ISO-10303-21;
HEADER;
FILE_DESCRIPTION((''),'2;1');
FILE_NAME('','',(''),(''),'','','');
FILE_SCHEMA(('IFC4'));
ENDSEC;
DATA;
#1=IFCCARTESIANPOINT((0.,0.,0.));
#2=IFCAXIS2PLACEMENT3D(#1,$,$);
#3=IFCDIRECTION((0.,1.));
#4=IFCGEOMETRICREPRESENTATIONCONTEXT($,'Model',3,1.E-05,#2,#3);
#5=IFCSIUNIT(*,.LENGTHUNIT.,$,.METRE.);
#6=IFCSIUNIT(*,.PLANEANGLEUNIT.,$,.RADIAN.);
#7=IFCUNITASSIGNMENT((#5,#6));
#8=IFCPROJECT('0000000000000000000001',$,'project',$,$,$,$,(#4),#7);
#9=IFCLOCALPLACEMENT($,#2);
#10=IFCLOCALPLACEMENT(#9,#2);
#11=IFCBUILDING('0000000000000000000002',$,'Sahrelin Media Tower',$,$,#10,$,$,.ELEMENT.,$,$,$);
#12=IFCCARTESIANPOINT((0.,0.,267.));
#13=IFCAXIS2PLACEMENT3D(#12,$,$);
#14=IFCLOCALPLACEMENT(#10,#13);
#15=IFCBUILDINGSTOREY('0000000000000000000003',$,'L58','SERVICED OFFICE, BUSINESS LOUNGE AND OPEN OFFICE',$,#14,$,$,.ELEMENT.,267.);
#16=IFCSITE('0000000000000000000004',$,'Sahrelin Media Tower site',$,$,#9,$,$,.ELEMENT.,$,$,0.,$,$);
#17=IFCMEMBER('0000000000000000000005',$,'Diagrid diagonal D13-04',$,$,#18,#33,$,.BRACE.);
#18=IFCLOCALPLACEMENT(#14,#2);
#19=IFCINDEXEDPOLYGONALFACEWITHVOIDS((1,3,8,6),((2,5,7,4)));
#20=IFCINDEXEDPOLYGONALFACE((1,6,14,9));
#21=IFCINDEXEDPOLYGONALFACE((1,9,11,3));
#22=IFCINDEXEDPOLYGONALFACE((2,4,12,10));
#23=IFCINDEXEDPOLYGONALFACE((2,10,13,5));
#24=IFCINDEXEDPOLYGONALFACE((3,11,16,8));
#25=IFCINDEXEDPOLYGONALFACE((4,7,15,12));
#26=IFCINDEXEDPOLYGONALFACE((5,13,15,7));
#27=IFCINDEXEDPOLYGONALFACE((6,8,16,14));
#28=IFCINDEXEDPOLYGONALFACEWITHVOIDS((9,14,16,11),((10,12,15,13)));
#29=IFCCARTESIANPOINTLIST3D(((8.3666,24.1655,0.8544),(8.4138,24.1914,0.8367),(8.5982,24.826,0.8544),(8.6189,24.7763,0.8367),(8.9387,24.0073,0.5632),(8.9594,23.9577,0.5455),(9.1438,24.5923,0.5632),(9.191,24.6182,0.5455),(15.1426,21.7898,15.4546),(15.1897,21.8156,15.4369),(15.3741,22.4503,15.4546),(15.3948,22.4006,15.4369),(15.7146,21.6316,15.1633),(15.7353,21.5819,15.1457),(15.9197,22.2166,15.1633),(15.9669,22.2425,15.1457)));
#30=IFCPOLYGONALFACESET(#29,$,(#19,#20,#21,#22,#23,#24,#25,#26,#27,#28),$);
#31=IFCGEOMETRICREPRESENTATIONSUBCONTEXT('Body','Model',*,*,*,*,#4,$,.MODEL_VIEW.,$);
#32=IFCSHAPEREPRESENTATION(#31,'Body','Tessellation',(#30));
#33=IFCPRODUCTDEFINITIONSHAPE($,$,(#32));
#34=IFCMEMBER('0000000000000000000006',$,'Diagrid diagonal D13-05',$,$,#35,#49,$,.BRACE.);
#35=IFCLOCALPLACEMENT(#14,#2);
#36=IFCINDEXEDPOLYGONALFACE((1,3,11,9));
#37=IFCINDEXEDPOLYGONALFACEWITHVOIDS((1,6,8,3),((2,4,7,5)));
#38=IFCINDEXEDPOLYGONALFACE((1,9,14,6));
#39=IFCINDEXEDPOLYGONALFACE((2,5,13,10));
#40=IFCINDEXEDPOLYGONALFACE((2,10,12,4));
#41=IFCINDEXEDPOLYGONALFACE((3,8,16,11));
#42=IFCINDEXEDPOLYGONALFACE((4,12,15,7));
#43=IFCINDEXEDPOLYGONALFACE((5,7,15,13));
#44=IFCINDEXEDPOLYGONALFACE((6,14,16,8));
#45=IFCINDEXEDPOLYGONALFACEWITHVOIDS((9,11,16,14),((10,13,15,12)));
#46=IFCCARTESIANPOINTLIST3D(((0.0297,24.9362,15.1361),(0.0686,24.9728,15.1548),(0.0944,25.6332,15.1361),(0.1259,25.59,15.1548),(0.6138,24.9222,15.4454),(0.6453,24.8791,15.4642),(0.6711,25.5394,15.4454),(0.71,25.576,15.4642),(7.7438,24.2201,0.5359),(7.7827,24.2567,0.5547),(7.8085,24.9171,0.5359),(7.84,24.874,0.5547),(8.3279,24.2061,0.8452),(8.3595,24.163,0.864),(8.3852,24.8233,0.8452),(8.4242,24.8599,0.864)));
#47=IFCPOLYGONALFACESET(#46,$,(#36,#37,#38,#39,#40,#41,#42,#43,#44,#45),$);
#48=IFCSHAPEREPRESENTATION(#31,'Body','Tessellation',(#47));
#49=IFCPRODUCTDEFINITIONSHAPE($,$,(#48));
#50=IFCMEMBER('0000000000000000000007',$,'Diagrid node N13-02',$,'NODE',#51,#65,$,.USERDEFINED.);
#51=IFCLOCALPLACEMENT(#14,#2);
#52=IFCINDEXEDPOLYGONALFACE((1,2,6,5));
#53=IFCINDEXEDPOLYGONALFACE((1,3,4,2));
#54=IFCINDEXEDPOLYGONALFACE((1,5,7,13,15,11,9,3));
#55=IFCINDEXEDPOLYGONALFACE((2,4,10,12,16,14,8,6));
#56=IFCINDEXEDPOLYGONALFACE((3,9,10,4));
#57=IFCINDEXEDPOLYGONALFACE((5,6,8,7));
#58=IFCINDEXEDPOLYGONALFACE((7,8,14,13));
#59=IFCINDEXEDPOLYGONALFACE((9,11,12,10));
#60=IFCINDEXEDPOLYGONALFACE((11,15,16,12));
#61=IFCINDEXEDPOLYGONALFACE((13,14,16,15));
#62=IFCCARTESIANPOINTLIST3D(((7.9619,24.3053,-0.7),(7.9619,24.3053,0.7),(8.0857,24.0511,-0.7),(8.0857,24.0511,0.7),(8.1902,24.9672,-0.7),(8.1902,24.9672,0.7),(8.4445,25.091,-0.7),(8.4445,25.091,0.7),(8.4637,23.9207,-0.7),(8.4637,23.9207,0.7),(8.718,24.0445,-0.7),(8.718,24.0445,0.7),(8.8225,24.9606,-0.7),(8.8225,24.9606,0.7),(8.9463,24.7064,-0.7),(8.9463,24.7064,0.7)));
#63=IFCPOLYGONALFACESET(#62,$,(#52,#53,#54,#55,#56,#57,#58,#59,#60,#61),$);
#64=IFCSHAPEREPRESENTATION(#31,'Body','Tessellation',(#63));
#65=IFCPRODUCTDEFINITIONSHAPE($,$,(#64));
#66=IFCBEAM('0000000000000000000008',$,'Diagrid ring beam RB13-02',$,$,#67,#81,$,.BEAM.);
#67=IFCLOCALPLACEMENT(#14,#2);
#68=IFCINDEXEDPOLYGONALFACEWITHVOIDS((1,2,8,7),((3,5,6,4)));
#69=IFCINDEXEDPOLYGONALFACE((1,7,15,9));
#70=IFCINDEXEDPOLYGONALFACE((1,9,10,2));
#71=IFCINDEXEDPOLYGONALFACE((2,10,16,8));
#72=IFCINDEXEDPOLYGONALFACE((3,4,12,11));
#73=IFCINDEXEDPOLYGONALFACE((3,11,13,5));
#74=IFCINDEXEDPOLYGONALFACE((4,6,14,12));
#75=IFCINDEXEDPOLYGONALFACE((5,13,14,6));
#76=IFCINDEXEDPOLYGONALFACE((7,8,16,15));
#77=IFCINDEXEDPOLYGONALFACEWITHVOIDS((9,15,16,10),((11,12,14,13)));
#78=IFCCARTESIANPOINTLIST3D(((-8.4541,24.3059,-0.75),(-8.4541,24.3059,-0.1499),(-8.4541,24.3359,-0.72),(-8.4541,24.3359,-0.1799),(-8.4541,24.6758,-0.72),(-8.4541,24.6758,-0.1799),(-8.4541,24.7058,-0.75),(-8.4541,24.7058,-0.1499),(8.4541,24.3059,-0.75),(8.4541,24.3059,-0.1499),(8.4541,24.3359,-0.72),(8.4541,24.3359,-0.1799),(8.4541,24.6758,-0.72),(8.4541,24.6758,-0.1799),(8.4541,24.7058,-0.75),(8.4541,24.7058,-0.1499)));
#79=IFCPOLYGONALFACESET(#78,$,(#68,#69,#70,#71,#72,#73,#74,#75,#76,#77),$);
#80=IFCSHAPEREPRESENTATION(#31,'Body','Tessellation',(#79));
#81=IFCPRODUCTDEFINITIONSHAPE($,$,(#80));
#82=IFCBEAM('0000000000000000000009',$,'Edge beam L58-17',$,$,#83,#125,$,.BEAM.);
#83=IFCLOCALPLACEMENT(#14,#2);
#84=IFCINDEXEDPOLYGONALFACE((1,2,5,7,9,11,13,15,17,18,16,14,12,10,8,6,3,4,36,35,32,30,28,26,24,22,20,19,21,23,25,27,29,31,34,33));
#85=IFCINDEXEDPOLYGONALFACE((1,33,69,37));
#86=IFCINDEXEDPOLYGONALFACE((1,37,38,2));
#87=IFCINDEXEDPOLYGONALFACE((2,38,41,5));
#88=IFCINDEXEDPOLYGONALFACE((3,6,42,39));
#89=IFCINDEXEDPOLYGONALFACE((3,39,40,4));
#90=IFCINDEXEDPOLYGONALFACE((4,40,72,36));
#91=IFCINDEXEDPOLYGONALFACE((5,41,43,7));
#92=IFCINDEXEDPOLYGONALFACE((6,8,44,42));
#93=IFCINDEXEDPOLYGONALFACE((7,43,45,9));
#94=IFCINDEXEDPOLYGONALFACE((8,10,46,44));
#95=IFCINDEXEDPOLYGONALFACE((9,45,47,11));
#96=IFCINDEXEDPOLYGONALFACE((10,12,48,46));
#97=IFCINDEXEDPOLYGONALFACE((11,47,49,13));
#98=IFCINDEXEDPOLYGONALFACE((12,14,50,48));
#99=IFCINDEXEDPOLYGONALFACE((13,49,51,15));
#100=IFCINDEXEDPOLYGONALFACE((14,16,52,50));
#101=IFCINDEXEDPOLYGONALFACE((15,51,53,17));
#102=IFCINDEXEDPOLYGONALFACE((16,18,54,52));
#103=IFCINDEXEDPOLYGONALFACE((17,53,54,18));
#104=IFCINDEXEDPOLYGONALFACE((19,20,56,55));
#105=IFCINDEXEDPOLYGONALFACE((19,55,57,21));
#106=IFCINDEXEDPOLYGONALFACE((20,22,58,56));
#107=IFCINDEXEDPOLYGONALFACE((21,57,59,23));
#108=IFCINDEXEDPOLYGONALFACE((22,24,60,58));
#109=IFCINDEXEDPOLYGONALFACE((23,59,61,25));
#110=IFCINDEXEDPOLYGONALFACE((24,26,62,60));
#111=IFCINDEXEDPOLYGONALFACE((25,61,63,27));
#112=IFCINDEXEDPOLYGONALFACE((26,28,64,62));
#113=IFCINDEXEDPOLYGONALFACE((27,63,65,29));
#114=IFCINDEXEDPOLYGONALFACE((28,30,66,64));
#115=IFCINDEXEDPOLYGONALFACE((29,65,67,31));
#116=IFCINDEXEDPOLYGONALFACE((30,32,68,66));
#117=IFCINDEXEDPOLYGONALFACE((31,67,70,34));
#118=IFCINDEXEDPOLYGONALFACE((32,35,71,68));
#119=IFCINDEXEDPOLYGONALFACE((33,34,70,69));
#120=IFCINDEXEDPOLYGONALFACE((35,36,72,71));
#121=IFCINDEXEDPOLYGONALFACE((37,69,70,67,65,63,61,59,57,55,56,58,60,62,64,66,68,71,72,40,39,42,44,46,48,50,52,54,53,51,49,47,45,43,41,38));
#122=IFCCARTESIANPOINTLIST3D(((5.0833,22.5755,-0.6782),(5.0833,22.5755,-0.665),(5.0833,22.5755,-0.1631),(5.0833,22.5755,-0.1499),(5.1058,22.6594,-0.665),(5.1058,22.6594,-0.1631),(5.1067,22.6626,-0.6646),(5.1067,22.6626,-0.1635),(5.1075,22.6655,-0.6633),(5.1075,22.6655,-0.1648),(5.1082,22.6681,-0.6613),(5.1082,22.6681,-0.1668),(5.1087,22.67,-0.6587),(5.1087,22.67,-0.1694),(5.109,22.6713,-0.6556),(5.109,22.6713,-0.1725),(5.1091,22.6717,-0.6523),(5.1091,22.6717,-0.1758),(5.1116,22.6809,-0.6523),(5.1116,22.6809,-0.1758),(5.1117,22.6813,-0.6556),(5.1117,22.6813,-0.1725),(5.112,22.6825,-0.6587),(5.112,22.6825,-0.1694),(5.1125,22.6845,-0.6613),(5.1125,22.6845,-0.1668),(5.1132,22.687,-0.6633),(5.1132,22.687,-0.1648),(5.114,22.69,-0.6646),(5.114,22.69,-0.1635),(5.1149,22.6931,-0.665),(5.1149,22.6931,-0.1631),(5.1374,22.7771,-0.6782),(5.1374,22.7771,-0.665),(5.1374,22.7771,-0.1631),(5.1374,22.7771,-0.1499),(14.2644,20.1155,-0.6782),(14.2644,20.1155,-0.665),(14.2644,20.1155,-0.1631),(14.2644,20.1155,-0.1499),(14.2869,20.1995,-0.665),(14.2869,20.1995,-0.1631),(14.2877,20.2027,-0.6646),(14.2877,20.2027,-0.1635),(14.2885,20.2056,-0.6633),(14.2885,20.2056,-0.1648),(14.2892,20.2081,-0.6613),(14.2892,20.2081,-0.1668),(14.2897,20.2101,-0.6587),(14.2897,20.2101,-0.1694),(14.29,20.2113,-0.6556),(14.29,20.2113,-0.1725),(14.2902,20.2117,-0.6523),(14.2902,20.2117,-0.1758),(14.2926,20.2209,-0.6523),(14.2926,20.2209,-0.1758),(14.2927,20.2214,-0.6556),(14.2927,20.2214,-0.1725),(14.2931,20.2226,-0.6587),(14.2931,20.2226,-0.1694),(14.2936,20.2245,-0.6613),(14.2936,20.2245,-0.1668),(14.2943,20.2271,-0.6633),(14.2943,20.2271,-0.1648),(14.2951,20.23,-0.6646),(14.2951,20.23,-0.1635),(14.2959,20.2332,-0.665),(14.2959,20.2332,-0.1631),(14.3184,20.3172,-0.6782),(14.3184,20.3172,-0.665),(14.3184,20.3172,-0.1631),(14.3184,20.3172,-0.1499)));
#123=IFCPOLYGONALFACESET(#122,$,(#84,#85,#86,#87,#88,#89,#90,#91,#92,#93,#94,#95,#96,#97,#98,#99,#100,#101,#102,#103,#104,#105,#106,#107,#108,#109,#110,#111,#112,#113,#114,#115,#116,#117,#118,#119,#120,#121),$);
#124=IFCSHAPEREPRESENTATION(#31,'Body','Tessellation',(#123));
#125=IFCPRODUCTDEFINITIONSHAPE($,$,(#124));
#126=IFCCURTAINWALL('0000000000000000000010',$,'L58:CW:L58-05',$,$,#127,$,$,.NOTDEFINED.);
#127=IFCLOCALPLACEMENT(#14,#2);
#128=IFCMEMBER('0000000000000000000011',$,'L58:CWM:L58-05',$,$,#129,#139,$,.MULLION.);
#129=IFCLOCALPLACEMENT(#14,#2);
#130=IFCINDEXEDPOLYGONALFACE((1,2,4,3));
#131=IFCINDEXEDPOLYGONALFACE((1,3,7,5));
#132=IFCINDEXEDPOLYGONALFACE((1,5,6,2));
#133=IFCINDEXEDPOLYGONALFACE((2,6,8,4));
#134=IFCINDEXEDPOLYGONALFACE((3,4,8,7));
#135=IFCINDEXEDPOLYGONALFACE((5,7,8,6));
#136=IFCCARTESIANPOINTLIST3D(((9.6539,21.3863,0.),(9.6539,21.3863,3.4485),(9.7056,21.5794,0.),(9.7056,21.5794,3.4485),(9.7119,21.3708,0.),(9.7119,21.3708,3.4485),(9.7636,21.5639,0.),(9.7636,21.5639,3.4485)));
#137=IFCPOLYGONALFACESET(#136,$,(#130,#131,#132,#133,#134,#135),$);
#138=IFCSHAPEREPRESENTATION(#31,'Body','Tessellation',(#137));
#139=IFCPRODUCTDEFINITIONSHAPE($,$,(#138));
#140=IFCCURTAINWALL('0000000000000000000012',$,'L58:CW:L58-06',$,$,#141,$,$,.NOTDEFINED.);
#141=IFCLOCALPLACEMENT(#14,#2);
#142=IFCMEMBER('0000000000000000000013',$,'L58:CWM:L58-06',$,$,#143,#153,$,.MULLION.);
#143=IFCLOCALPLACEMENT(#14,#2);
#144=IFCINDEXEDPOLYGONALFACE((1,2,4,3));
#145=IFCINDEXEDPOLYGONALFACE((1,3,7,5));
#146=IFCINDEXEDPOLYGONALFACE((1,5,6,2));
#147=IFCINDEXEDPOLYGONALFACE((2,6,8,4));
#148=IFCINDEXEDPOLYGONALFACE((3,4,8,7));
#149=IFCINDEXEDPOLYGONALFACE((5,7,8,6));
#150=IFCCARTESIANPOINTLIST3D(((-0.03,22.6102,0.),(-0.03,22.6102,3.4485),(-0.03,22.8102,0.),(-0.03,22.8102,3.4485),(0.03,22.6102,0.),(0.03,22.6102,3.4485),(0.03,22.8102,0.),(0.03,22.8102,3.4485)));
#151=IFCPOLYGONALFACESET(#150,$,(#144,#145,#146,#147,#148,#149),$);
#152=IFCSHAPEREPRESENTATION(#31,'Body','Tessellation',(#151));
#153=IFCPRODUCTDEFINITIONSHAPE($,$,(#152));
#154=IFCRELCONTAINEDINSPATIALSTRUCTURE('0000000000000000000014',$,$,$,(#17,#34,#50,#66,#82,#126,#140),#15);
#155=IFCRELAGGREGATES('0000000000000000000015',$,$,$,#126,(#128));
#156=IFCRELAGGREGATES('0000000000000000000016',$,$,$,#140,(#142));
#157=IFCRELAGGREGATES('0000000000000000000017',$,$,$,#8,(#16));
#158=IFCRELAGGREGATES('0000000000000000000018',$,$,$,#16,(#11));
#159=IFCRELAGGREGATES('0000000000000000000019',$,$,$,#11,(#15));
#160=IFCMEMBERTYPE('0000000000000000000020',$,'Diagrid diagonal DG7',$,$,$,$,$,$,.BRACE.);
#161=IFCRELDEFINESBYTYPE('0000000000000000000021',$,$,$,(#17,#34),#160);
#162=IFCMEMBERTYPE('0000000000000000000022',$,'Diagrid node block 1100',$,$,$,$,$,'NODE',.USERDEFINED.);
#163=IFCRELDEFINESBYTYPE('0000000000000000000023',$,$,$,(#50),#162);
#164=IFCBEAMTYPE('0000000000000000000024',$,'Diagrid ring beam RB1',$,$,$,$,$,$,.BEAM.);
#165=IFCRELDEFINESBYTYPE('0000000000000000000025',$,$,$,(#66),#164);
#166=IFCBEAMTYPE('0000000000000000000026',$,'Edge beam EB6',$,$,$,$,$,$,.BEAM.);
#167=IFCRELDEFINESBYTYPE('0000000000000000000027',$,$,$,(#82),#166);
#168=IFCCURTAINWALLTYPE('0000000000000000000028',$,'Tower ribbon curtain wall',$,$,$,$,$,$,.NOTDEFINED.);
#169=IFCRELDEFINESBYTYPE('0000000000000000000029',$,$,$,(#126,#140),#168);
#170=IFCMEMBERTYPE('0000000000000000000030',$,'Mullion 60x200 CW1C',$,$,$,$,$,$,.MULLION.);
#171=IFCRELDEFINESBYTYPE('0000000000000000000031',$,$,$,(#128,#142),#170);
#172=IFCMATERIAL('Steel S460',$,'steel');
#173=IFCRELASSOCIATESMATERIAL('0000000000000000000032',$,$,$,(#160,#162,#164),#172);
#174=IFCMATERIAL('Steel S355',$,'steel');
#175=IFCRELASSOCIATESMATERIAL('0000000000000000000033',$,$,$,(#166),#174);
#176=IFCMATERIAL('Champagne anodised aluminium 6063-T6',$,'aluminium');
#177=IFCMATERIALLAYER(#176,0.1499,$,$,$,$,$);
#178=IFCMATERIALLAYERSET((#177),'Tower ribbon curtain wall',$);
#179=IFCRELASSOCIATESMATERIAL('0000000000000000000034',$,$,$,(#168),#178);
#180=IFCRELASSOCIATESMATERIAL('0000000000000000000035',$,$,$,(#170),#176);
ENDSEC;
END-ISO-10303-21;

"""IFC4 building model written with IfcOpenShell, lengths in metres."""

from ifc_helpers import new_model, si_unit, direction, frame, origin, origin_2d, place, context, subcontext, project, spatial, polyline, rectangle, hollow_rectangle, i_section, outline, extrude, material, layer, layer_set, material_profile, profile_set, type_object, element, aggregate, save


model = new_model("IFC4")

# Units and contexts
model_context = context("Model", 3, precision=1e-05, world=origin(), true_north=direction((0.0, 1.0)))
body_context = subcontext(model_context, "Body", "Model", "MODEL_VIEW")
ifc_project = project(units=[si_unit("LENGTHUNIT", "METRE"), si_unit("PLANEANGLEUNIT", "RADIAN")], contexts=[model_context])

# Site, building, storey
site_placement = place(None, origin())
site = spatial("IfcSite", under=ifc_project, at=site_placement, Name="Sahrelin Media Tower site", CompositionType="ELEMENT", RefElevation=0.0)
building_placement = place(site_placement, origin())
building = spatial("IfcBuilding", under=site, at=building_placement, Name="Sahrelin Media Tower", CompositionType="ELEMENT")
storey_placement = place(building_placement, frame((0.0, 0.0, 267.0)))
storey = spatial("IfcBuildingStorey", under=building, at=storey_placement, Name="L58", Description="SERVICED OFFICE, BUSINESS LOUNGE AND OPEN OFFICE", CompositionType="ELEMENT", Elevation=267.0)

# Members
ifc_material_1 = material(Name="Steel S460", Category="steel")
ifc_material_profile_1 = material_profile(ifc_material_1, hollow_rectangle(XDim=0.7, YDim=0.7, WallThickness=0.04, at=origin_2d()), Name="Diagrid diagonal DG7")
ifc_profile_set_1 = profile_set([ifc_material_profile_1], Name="Steel S460")
member_type_1 = type_object("IfcMemberType", Name="Diagrid diagonal DG7", PredefinedType="BRACE", material=ifc_profile_set_1)
member_1_placement = place(storey_placement, frame((8.7788, 24.3918, 0.7), z_axis=(0.416459, -0.146017, 0.897352), x_axis=(0.330868, 0.943677, 0.0)))
element("IfcMember", 1, at=member_1_placement, inside=storey, type_object=member_type_1, Name="Diagrid diagonal D13-04", PredefinedType="BRACE", context=body_context, shape_type="SweptSolid", body=[
    extrude(hollow_rectangle(XDim=0.7, YDim=0.7, WallThickness=0.04, at=origin_2d()), origin(), (0.0, 0.0, 1.0), 16.2703),
])
member_2_placement = place(storey_placement, frame((8.084, 24.54, 0.7), z_axis=(-0.466723, 0.043324, 0.883342), x_axis=(-0.092428, -0.995719, 0.0)))
element("IfcMember", 2, at=member_2_placement, inside=storey, type_object=member_type_1, Name="Diagrid diagonal D13-05", PredefinedType="BRACE", context=body_context, shape_type="SweptSolid", body=[
    extrude(hollow_rectangle(XDim=0.7, YDim=0.7, WallThickness=0.04, at=origin_2d()), origin(), (0.0, 0.0, 1.0), 16.5283),
])
ifc_material_profile_2 = material_profile(ifc_material_1, outline(polyline([(0.3501, -0.3999), (0.55, -0.2), (0.55, 0.2), (0.3501, 0.3999), (-0.3501, 0.3999), (-0.55, 0.2), (-0.55, -0.2), (-0.3501, -0.3999), (0.3501, -0.3999)])), Name="Diagrid node block 1100")
ifc_profile_set_2 = profile_set([ifc_material_profile_2], Name="Steel S460")
member_type_2 = type_object("IfcMemberType", Name="Diagrid node block 1100", ElementType="NODE", PredefinedType="USERDEFINED", material=ifc_profile_set_2)
member_3_placement = place(storey_placement, frame((8.4541, 24.5059, -0.7), z_axis=(0.0, 0.0, 1.0), x_axis=(0.326119, 0.945329, 0.0)))
element("IfcMember", 3, at=member_3_placement, inside=storey, type_object=member_type_2, Name="Diagrid node N13-02", ObjectType="NODE", PredefinedType="USERDEFINED", context=body_context, shape_type="SweptSolid", body=[
    extrude(outline(polyline([(0.3501, -0.3999), (0.55, -0.2), (0.55, 0.2), (0.3501, 0.3999), (-0.3501, 0.3999), (-0.55, 0.2), (-0.55, -0.2), (-0.3501, -0.3999), (0.3501, -0.3999)])), origin(), (0.0, 0.0, 1.0), 1.3999),
])

# Beams
ifc_material_profile_3 = material_profile(ifc_material_1, hollow_rectangle(XDim=0.3999, YDim=0.6001, WallThickness=0.03, at=origin_2d()), Name="Diagrid ring beam RB1")
ifc_profile_set_3 = profile_set([ifc_material_profile_3], Name="Steel S460")
beam_type_1 = type_object("IfcBeamType", Name="Diagrid ring beam RB1", PredefinedType="BEAM", material=ifc_profile_set_3)
beam_1_placement = place(storey_placement, frame((8.4541, 24.5059, -0.45), z_axis=(-1.0, 0.0, 0.0), x_axis=(0.0, -1.0, 0.0)))
element("IfcBeam", 4, at=beam_1_placement, inside=storey, type_object=beam_type_1, Name="Diagrid ring beam RB13-02", PredefinedType="BEAM", context=body_context, shape_type="SweptSolid", body=[
    extrude(hollow_rectangle(XDim=0.3999, YDim=0.6001, WallThickness=0.03, at=origin_2d()), origin(), (0.0, 0.0, 1.0), 16.9082),
])
ifc_material_2 = material(Name="Steel S355", Category="steel")
ifc_material_profile_4 = material_profile(ifc_material_2, i_section(OverallWidth=0.2087, OverallDepth=0.5283, WebThickness=0.0095, FlangeThickness=0.0132, FilletRadius=0.0127, at=origin_2d()), Name="UB 533x210x82")
ifc_profile_set_4 = profile_set([ifc_material_profile_4], Name="Steel S355")
beam_type_2 = type_object("IfcBeamType", Name="Edge beam EB6", PredefinedType="BEAM", material=ifc_profile_set_4)
beam_2_placement = place(storey_placement, frame((5.1104, 22.6763, -0.4141), z_axis=(0.965929, -0.258807, 0.0), x_axis=(0.258807, 0.965929, 0.0)))
element("IfcBeam", 5, at=beam_2_placement, inside=storey, type_object=beam_type_2, Name="Edge beam L58-17", PredefinedType="BEAM", context=body_context, shape_type="SweptSolid", body=[
    extrude(i_section(OverallWidth=0.2087, OverallDepth=0.5283, WebThickness=0.0095, FlangeThickness=0.0132, FilletRadius=0.0127, at=origin_2d()), origin(), (0.0, 0.0, 1.0), 9.5049),
])

# Curtain walls, members
ifc_material_3 = material(Name="Champagne anodised aluminium 6063-T6", Category="aluminium")
ifc_layer_1 = layer(ifc_material_3, 0.1499)
ifc_layer_set_1 = layer_set([ifc_layer_1], Name="Tower ribbon curtain wall")
curtain_wall_type = type_object("IfcCurtainWallType", Name="Tower ribbon curtain wall", PredefinedType="NOTDEFINED", material=ifc_layer_set_1)
curtain_wall_1_placement = place(storey_placement, frame((9.7397, 21.5913, 0.0), z_axis=(0.0, 0.0, 1.0), x_axis=(1.0, 0.0, 0.0)))
curtain_wall_1 = element("IfcCurtainWall", 6, at=curtain_wall_1_placement, inside=storey, type_object=curtain_wall_type, Name="L58:CW:L58-05", PredefinedType="NOTDEFINED")
ifc_material_profile_5 = material_profile(ifc_material_3, rectangle(XDim=0.0601, YDim=0.2, at=origin_2d()), Name="Mullion 60x200")
ifc_profile_set_5 = profile_set([ifc_material_profile_5], Name="Champagne anodised aluminium 6063-T6")
member_type_3 = type_object("IfcMemberType", Name="Mullion 60x200 CW1C", PredefinedType="MULLION", material=ifc_profile_set_5)
member_4_placement = place(storey_placement, frame((9.7087, 21.4751, 0.0), z_axis=(0.0, 0.0, 1.0), x_axis=(-0.965925, 0.258822, 0.0)))
member_4 = element("IfcMember", 7, at=member_4_placement, type_object=member_type_3, Name="L58:CWM:L58-05", PredefinedType="MULLION", context=body_context, shape_type="SweptSolid", body=[
    extrude(rectangle(XDim=0.0601, YDim=0.2, at=origin_2d()), origin(), (0.0, 0.0, 1.0), 3.4485),
])
aggregate(curtain_wall_1, [member_4])
placement_1 = place(storey_placement, frame((0.0, 22.8301, 0.0), z_axis=(0.0, 0.0, 1.0), x_axis=(1.0, 0.0, 0.0)))
curtain_wall_2 = element("IfcCurtainWall", 8, at=placement_1, inside=storey, type_object=curtain_wall_type, Name="L58:CW:L58-06", PredefinedType="NOTDEFINED")
member_5_placement = place(storey_placement, frame((0.0, 22.7102, 0.0), z_axis=(0.0, 0.0, 1.0), x_axis=(-1.0, 0.0, 0.0)))
member_5 = element("IfcMember", 9, at=member_5_placement, type_object=member_type_3, Name="L58:CWM:L58-06", PredefinedType="MULLION", context=body_context, shape_type="SweptSolid", body=[
    extrude(rectangle(XDim=0.0601, YDim=0.2, at=origin_2d()), origin(), (0.0, 0.0, 1.0), 3.4485),
])

aggregate(curtain_wall_2, [member_5])

save(model, "model.ifc")
